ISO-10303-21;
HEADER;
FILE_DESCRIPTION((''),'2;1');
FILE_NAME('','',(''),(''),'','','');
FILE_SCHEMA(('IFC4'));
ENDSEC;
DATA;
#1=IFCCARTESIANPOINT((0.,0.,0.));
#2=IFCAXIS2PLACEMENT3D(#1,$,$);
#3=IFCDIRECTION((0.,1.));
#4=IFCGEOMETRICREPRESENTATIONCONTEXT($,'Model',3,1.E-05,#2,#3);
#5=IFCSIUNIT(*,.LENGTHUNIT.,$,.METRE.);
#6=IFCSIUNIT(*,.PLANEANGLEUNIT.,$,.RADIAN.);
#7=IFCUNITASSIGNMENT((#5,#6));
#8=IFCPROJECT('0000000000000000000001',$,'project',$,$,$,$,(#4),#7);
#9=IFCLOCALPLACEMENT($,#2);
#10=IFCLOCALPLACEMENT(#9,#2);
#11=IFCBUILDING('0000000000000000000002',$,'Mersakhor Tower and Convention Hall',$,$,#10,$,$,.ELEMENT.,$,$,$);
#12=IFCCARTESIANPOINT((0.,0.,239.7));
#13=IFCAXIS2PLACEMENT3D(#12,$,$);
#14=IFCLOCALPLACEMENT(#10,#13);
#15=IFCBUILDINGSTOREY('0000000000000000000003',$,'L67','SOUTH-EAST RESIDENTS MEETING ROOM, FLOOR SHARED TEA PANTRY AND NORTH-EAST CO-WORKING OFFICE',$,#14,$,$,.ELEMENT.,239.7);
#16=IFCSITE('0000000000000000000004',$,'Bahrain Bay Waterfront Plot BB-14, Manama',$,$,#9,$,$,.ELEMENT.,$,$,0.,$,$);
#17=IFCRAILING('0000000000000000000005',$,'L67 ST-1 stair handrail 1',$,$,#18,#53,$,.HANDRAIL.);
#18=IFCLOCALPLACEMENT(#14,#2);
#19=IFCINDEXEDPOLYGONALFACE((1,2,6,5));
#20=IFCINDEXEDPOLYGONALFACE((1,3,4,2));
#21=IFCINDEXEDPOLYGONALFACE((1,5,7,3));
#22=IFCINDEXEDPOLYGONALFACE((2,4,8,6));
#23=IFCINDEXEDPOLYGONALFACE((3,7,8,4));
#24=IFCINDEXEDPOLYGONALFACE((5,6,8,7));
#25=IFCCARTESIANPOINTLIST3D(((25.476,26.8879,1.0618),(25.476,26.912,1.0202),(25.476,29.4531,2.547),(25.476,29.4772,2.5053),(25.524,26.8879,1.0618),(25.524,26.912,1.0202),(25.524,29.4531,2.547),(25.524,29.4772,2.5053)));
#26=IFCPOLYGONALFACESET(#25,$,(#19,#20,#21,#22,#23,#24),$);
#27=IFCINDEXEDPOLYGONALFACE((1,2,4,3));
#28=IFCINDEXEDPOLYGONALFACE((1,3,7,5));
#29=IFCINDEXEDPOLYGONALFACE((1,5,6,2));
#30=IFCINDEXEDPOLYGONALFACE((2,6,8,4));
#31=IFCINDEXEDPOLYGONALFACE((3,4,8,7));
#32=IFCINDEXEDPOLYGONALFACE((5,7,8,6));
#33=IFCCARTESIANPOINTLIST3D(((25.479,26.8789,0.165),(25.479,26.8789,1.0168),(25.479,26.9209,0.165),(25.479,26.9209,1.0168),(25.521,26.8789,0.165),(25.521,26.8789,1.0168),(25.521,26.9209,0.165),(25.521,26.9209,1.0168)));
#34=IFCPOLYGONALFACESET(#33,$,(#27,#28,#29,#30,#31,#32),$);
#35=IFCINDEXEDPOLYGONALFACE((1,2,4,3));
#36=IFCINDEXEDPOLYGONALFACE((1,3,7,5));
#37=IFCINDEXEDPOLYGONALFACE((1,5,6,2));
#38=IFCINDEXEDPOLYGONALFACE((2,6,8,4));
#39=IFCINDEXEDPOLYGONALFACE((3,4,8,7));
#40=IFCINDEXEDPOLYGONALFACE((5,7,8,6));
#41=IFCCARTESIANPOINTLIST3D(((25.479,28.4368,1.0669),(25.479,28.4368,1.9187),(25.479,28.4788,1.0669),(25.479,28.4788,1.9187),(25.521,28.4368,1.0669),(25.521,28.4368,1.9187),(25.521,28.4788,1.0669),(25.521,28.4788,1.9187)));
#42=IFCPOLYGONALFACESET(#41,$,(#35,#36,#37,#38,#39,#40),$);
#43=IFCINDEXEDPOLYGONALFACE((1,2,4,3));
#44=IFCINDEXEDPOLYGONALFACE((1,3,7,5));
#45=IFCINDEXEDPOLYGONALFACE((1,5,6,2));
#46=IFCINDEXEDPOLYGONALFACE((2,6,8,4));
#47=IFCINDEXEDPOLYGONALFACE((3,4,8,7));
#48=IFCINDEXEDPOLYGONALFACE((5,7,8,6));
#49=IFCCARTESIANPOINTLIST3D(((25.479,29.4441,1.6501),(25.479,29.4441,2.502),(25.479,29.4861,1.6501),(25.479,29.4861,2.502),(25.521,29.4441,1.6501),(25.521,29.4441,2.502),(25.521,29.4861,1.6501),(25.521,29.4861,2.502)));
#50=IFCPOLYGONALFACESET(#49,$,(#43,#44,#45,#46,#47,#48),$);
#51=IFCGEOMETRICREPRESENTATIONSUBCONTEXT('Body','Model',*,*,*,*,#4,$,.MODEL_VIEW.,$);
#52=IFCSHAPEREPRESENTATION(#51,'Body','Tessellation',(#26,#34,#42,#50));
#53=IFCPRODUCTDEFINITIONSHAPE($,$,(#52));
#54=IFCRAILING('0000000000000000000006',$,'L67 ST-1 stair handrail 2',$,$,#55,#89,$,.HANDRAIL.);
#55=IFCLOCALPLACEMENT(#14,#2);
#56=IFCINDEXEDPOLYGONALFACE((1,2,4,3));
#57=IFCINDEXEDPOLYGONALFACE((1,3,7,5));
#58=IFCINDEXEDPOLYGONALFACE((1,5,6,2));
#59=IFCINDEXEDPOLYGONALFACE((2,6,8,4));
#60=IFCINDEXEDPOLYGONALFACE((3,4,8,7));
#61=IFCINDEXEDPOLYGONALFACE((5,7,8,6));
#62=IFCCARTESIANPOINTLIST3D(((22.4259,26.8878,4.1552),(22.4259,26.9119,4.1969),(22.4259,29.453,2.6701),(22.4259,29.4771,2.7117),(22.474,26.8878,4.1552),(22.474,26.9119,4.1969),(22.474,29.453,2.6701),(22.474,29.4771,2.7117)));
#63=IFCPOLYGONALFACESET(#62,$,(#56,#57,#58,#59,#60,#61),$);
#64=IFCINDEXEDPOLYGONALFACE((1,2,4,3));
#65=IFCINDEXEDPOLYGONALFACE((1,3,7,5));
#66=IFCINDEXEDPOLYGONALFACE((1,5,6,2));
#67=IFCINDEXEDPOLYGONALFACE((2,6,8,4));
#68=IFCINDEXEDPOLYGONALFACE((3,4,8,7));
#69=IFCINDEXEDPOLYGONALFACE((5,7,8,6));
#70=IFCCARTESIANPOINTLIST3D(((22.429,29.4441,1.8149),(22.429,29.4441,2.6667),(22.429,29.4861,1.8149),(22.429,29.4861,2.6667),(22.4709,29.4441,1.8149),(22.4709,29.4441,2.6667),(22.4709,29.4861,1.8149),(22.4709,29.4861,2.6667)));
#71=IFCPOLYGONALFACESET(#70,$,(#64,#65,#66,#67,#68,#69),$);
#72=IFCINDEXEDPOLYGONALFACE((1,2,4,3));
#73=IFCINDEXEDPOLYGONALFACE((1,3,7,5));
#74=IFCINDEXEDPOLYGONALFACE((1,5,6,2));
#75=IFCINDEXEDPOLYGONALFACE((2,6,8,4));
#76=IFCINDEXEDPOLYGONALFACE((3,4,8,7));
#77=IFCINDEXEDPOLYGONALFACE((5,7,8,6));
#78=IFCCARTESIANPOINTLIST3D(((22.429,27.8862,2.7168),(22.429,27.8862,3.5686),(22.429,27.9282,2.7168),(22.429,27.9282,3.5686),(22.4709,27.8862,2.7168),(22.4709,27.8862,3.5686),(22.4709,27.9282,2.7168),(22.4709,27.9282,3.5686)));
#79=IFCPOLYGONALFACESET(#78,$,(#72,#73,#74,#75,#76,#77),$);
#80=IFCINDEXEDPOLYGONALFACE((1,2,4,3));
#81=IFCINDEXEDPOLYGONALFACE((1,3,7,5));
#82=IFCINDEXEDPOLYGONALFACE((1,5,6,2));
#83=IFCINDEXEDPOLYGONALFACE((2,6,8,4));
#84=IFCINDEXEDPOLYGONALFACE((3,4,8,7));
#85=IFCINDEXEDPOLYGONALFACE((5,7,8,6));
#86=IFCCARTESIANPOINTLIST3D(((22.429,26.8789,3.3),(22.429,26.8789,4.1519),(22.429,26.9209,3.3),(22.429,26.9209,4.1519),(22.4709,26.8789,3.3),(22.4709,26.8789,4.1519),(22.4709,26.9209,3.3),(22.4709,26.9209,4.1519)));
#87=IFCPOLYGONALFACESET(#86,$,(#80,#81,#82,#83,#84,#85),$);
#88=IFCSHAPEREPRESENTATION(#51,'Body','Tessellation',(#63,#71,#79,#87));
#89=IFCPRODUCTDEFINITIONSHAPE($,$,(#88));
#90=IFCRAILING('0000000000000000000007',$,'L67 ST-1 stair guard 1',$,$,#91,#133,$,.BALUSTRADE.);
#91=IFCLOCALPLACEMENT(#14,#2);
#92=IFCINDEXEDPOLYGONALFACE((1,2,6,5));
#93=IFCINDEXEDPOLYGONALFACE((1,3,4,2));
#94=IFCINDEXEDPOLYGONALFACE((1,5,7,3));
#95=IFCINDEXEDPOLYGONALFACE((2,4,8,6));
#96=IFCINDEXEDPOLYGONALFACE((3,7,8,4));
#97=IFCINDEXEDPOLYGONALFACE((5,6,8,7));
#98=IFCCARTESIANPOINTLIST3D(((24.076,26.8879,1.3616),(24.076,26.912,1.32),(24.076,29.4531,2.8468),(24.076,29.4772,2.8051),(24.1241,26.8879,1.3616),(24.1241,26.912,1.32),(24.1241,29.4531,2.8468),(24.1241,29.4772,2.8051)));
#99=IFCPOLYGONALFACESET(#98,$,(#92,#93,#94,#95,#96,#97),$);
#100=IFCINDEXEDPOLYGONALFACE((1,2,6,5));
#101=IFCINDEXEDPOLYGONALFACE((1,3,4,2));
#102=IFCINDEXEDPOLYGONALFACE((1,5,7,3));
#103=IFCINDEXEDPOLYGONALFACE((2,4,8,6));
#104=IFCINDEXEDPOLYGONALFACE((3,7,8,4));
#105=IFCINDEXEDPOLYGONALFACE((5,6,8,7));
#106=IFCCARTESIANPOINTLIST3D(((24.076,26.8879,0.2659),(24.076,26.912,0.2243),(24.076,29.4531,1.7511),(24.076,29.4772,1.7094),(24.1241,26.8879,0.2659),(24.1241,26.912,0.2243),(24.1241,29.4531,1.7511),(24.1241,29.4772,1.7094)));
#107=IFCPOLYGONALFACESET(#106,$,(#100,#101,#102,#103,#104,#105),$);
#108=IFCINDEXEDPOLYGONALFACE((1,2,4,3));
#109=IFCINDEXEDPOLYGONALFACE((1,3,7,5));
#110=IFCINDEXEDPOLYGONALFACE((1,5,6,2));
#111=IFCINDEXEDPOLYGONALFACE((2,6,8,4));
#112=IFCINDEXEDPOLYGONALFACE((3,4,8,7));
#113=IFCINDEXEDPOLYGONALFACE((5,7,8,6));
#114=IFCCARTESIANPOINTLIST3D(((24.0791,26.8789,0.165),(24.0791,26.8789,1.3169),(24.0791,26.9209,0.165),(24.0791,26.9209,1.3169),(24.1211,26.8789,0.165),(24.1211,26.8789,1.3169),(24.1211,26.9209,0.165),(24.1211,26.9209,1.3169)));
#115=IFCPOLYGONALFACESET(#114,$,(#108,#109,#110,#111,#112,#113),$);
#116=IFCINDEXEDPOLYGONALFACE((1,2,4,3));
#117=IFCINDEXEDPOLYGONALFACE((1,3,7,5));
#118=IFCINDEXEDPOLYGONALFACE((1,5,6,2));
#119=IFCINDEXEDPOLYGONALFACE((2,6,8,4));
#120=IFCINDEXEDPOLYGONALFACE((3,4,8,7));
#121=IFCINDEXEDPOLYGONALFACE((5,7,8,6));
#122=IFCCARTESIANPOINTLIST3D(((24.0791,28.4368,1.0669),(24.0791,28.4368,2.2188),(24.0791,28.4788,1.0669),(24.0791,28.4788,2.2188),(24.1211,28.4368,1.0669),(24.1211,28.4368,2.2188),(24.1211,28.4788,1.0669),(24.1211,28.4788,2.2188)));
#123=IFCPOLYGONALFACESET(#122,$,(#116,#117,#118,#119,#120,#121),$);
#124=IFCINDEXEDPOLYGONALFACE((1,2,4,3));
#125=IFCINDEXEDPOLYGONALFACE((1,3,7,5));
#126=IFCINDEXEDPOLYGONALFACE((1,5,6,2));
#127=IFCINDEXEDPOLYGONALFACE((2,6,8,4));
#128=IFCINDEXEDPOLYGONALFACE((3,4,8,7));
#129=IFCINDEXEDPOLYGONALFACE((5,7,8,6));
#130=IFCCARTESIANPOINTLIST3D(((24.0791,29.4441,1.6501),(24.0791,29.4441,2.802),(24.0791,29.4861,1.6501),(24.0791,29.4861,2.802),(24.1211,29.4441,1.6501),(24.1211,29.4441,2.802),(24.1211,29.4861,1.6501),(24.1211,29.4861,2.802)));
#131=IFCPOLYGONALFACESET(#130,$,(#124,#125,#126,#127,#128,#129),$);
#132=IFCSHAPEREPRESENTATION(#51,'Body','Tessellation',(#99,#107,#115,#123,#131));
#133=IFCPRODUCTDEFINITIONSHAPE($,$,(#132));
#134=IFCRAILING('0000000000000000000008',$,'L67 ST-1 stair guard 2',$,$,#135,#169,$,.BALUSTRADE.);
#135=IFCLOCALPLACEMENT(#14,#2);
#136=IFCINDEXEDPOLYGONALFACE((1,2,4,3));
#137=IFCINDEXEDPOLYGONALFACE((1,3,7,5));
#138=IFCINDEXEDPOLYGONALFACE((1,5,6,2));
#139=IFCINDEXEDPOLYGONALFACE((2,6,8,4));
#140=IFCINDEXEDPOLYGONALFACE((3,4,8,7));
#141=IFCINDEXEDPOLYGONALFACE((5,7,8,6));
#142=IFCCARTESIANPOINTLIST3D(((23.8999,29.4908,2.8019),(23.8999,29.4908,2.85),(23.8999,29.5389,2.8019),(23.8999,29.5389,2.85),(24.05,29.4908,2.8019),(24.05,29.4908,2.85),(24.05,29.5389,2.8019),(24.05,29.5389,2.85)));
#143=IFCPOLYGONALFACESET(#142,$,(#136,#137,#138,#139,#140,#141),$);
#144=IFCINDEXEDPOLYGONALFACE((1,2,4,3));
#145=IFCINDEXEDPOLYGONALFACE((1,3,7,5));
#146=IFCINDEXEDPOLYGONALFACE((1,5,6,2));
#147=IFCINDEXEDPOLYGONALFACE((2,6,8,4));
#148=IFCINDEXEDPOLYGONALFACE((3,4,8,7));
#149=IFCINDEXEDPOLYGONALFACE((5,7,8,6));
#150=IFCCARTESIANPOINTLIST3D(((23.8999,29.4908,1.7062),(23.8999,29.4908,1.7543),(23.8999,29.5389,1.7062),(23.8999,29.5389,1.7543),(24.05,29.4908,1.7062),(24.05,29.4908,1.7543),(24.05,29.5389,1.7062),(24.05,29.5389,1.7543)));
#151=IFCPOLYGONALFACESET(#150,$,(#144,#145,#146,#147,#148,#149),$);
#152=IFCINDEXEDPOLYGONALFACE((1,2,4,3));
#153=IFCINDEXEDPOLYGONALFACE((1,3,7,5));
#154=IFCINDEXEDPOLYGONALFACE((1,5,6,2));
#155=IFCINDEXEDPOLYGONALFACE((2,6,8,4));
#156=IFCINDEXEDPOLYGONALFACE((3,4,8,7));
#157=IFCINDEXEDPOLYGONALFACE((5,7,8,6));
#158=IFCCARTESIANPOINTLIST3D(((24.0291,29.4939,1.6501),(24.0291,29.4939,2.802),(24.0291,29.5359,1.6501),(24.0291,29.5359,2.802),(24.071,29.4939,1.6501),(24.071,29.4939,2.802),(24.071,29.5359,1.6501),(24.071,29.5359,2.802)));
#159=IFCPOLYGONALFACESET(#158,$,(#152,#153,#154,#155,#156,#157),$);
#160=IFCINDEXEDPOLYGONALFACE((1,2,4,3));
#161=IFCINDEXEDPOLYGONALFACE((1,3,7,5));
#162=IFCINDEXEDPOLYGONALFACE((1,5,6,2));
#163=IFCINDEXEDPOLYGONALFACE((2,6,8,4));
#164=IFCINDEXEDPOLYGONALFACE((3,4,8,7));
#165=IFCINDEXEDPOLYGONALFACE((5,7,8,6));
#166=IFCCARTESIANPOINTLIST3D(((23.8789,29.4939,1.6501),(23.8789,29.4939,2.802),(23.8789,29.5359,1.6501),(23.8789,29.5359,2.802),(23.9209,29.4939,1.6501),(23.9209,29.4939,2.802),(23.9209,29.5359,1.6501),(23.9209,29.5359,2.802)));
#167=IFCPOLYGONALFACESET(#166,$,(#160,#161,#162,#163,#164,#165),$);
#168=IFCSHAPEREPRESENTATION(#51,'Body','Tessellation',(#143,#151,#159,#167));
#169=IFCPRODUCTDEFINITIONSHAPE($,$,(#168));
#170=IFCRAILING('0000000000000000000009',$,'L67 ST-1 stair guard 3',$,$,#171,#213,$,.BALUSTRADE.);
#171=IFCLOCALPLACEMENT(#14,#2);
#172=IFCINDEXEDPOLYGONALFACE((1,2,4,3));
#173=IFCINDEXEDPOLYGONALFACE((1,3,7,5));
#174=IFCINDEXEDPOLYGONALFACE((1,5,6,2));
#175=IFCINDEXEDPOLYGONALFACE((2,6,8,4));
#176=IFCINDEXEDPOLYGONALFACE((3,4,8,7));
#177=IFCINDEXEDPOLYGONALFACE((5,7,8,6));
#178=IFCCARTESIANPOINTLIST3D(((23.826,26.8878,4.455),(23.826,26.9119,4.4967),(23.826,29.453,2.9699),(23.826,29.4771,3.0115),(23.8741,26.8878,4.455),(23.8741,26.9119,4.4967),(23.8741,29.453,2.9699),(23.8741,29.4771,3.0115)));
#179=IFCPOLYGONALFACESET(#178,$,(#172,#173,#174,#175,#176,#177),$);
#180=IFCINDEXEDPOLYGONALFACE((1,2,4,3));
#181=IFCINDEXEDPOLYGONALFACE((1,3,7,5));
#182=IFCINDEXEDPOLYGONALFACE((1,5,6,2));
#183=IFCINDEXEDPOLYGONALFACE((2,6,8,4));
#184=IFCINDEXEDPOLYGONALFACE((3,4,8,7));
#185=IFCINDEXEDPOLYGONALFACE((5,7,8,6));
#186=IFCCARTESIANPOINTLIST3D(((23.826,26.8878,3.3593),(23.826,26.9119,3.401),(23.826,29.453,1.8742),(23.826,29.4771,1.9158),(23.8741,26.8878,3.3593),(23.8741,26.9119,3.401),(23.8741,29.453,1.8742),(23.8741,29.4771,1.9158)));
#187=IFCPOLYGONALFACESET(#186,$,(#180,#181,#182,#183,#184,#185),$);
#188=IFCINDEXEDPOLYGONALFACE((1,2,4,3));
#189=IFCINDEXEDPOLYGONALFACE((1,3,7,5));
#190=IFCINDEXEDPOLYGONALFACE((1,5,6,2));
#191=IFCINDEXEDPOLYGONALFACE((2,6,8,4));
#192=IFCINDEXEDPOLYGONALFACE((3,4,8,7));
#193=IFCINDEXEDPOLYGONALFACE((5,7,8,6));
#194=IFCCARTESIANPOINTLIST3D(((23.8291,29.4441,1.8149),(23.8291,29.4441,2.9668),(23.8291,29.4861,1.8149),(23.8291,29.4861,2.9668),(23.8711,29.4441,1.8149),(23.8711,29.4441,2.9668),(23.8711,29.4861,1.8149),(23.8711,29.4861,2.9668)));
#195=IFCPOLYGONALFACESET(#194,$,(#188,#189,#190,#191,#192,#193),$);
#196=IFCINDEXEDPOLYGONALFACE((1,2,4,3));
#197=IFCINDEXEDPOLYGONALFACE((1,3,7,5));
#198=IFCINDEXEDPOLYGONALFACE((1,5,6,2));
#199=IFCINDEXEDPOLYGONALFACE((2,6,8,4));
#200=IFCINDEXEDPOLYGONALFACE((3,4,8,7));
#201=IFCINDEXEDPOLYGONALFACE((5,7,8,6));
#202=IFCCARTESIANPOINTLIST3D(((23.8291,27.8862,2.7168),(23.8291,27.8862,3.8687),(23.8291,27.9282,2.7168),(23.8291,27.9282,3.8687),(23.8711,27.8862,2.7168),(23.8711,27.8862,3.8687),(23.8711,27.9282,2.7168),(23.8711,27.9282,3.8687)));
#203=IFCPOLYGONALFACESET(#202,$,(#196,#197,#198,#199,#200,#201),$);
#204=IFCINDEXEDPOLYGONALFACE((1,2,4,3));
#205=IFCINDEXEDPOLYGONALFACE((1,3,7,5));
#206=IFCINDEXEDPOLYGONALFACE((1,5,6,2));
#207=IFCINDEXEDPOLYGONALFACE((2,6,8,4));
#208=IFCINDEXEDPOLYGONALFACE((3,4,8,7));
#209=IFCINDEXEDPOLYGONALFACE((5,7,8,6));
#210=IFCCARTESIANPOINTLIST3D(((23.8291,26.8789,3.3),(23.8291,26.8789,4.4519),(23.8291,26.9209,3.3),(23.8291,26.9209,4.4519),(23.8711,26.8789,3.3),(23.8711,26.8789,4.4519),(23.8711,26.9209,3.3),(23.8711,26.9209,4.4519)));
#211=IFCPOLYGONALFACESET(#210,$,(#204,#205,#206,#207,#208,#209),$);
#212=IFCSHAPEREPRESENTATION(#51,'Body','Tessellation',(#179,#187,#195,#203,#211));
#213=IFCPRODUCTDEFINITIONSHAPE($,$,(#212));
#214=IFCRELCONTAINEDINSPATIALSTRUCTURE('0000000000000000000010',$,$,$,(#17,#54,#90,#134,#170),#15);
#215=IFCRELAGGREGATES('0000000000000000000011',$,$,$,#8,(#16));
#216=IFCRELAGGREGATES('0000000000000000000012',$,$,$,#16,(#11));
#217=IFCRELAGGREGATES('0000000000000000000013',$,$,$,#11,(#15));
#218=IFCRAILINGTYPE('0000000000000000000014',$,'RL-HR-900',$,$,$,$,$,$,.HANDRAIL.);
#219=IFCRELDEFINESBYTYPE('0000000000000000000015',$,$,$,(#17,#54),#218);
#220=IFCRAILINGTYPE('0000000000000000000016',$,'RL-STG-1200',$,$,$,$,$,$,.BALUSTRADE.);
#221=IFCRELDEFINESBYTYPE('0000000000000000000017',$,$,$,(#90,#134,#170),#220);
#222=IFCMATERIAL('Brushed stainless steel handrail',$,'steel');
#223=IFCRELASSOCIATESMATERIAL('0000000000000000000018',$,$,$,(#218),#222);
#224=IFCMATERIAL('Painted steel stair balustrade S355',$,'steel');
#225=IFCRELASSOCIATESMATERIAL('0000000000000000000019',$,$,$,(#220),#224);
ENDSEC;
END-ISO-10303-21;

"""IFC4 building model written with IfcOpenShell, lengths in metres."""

from ifc_helpers import new_model, si_unit, direction, frame, origin, origin_2d, place, context, subcontext, project, spatial, rectangle, extrude, material, type_object, element, save


model = new_model("IFC4")

# Units and contexts
model_context = context("Model", 3, precision=1e-05, world=origin(), true_north=direction((0.0, 1.0)))
body_context = subcontext(model_context, "Body", "Model", "MODEL_VIEW")
ifc_project = project(units=[si_unit("LENGTHUNIT", "METRE"), si_unit("PLANEANGLEUNIT", "RADIAN")], contexts=[model_context])

# Site, building, storey
site_placement = place(None, origin())
site = spatial("IfcSite", under=ifc_project, at=site_placement, Name="Bahrain Bay Waterfront Plot BB-14, Manama", CompositionType="ELEMENT", RefElevation=0.0)
building_placement = place(site_placement, origin())
building = spatial("IfcBuilding", under=site, at=building_placement, Name="Mersakhor Tower and Convention Hall", CompositionType="ELEMENT")
storey_placement = place(building_placement, frame((0.0, 0.0, 239.7)))
storey = spatial("IfcBuildingStorey", under=building, at=storey_placement, Name="L67", Description="SOUTH-EAST RESIDENTS MEETING ROOM, FLOOR SHARED TEA PANTRY AND NORTH-EAST CO-WORKING OFFICE", CompositionType="ELEMENT", Elevation=239.7)

# Railings
ifc_material_1 = material(Name="Brushed stainless steel handrail", Category="steel")
railing_type_1 = type_object("IfcRailingType", Name="RL-HR-900", PredefinedType="HANDRAIL", material=ifc_material_1)
railing_1_placement = place(storey_placement, frame((25.5, 26.8999, 0.165)))
element("IfcRailing", 1, at=railing_1_placement, inside=storey, type_object=railing_type_1, Name="L67 ST-1 stair handrail 1", PredefinedType="HANDRAIL", context=body_context, shape_type="SweptSolid", body=[
    extrude(rectangle(XDim=0.0481, YDim=0.0481, at=origin_2d()), frame((0.0, 0.0, 0.876), z_axis=(0.0, 0.865426, 0.501036), x_axis=(-1.0, 0.0, 0.0)), (0.0, 0.0, 1.0), 2.9641),
    extrude(rectangle(XDim=0.042, YDim=0.042, at=origin_2d()), origin(), (0.0, 0.0, 1.0), 0.8518),
    extrude(rectangle(XDim=0.042, YDim=0.042, at=origin_2d()), frame((0.0, 1.5579, 0.9019)), (0.0, 0.0, 1.0), 0.8518),
    extrude(rectangle(XDim=0.042, YDim=0.042, at=origin_2d()), frame((0.0, 2.5652, 1.4851)), (0.0, 0.0, 1.0), 0.8518),
])
railing_2_placement = place(storey_placement, frame((22.45, 29.4651, 1.8149)))
element("IfcRailing", 2, at=railing_2_placement, inside=storey, type_object=railing_type_1, Name="L67 ST-1 stair handrail 2", PredefinedType="HANDRAIL", context=body_context, shape_type="SweptSolid", body=[
    extrude(rectangle(XDim=0.0481, YDim=0.0481, at=origin_2d()), frame((0.0, 0.0, 0.876), z_axis=(0.0, -0.865426, 0.501036), x_axis=(1.0, 0.0, 0.0)), (0.0, 0.0, 1.0), 2.9641),
    extrude(rectangle(XDim=0.042, YDim=0.042, at=origin_2d()), origin(), (0.0, 0.0, 1.0), 0.8518),
    extrude(rectangle(XDim=0.042, YDim=0.042, at=origin_2d()), frame((0.0, -1.5579, 0.9019)), (0.0, 0.0, 1.0), 0.8518),
    extrude(rectangle(XDim=0.042, YDim=0.042, at=origin_2d()), frame((0.0, -2.5652, 1.4851)), (0.0, 0.0, 1.0), 0.8518),
])
ifc_material_2 = material(Name="Painted steel stair balustrade S355", Category="steel")
railing_type_2 = type_object("IfcRailingType", Name="RL-STG-1200", PredefinedType="BALUSTRADE", material=ifc_material_2)
railing_3_placement = place(storey_placement, frame((24.1001, 26.8999, 0.165)))
element("IfcRailing", 3, at=railing_3_placement, inside=storey, type_object=railing_type_2, Name="L67 ST-1 stair guard 1", PredefinedType="BALUSTRADE", context=body_context, shape_type="SweptSolid", body=[
    extrude(rectangle(XDim=0.0481, YDim=0.0481, at=origin_2d()), frame((0.0, 0.0, 1.1758), z_axis=(0.0, 0.865426, 0.501036), x_axis=(-1.0, 0.0, 0.0)), (0.0, 0.0, 1.0), 2.9641),
    extrude(rectangle(XDim=0.0481, YDim=0.0481, at=origin_2d()), frame((0.0, 0.0, 0.0801), z_axis=(0.0, 0.865426, 0.501036), x_axis=(-1.0, 0.0, 0.0)), (0.0, 0.0, 1.0), 2.9641),
    extrude(rectangle(XDim=0.042, YDim=0.042, at=origin_2d()), origin(), (0.0, 0.0, 1.0), 1.1519),
    extrude(rectangle(XDim=0.042, YDim=0.042, at=origin_2d()), frame((0.0, 1.5579, 0.9019)), (0.0, 0.0, 1.0), 1.1519),
    extrude(rectangle(XDim=0.042, YDim=0.042, at=origin_2d()), frame((0.0, 2.5652, 1.4851)), (0.0, 0.0, 1.0), 1.1519),
])
railing_4_placement = place(storey_placement, frame((24.05, 29.5149, 1.6501)))
element("IfcRailing", 4, at=railing_4_placement, inside=storey, type_object=railing_type_2, Name="L67 ST-1 stair guard 2", PredefinedType="BALUSTRADE", context=body_context, shape_type="SweptSolid", body=[
    extrude(rectangle(XDim=0.0481, YDim=0.0481, at=origin_2d()), frame((0.0, 0.0, 1.1758), z_axis=(-1.0, 0.0, 0.0), x_axis=(0.0, -1.0, 0.0)), (0.0, 0.0, 1.0), 0.1501),
    extrude(rectangle(XDim=0.0481, YDim=0.0481, at=origin_2d()), frame((0.0, 0.0, 0.0801), z_axis=(-1.0, 0.0, 0.0), x_axis=(0.0, -1.0, 0.0)), (0.0, 0.0, 1.0), 0.1501),
    extrude(rectangle(XDim=0.042, YDim=0.042, at=origin_2d()), origin(), (0.0, 0.0, 1.0), 1.1519),
    extrude(rectangle(XDim=0.042, YDim=0.042, at=origin_2d()), frame((-0.1501, 0.0, 0.0)), (0.0, 0.0, 1.0), 1.1519),
])
railing_5_placement = place(storey_placement, frame((23.8501, 29.4651, 1.8149)))
element("IfcRailing", 5, at=railing_5_placement, inside=storey, type_object=railing_type_2, Name="L67 ST-1 stair guard 3", PredefinedType="BALUSTRADE", context=body_context, shape_type="SweptSolid", body=[
    extrude(rectangle(XDim=0.0481, YDim=0.0481, at=origin_2d()), frame((0.0, 0.0, 1.1758), z_axis=(0.0, -0.865426, 0.501036), x_axis=(1.0, 0.0, 0.0)), (0.0, 0.0, 1.0), 2.9641),
    extrude(rectangle(XDim=0.0481, YDim=0.0481, at=origin_2d()), frame((0.0, 0.0, 0.0801), z_axis=(0.0, -0.865426, 0.501036), x_axis=(1.0, 0.0, 0.0)), (0.0, 0.0, 1.0), 2.9641),
    extrude(rectangle(XDim=0.042, YDim=0.042, at=origin_2d()), origin(), (0.0, 0.0, 1.0), 1.1519),
    extrude(rectangle(XDim=0.042, YDim=0.042, at=origin_2d()), frame((0.0, -1.5579, 0.9019)), (0.0, 0.0, 1.0), 1.1519),
    extrude(rectangle(XDim=0.042, YDim=0.042, at=origin_2d()), frame((0.0, -2.5652, 1.4851)), (0.0, 0.0, 1.0), 1.1519),
])

save(model, "model.ifc")
